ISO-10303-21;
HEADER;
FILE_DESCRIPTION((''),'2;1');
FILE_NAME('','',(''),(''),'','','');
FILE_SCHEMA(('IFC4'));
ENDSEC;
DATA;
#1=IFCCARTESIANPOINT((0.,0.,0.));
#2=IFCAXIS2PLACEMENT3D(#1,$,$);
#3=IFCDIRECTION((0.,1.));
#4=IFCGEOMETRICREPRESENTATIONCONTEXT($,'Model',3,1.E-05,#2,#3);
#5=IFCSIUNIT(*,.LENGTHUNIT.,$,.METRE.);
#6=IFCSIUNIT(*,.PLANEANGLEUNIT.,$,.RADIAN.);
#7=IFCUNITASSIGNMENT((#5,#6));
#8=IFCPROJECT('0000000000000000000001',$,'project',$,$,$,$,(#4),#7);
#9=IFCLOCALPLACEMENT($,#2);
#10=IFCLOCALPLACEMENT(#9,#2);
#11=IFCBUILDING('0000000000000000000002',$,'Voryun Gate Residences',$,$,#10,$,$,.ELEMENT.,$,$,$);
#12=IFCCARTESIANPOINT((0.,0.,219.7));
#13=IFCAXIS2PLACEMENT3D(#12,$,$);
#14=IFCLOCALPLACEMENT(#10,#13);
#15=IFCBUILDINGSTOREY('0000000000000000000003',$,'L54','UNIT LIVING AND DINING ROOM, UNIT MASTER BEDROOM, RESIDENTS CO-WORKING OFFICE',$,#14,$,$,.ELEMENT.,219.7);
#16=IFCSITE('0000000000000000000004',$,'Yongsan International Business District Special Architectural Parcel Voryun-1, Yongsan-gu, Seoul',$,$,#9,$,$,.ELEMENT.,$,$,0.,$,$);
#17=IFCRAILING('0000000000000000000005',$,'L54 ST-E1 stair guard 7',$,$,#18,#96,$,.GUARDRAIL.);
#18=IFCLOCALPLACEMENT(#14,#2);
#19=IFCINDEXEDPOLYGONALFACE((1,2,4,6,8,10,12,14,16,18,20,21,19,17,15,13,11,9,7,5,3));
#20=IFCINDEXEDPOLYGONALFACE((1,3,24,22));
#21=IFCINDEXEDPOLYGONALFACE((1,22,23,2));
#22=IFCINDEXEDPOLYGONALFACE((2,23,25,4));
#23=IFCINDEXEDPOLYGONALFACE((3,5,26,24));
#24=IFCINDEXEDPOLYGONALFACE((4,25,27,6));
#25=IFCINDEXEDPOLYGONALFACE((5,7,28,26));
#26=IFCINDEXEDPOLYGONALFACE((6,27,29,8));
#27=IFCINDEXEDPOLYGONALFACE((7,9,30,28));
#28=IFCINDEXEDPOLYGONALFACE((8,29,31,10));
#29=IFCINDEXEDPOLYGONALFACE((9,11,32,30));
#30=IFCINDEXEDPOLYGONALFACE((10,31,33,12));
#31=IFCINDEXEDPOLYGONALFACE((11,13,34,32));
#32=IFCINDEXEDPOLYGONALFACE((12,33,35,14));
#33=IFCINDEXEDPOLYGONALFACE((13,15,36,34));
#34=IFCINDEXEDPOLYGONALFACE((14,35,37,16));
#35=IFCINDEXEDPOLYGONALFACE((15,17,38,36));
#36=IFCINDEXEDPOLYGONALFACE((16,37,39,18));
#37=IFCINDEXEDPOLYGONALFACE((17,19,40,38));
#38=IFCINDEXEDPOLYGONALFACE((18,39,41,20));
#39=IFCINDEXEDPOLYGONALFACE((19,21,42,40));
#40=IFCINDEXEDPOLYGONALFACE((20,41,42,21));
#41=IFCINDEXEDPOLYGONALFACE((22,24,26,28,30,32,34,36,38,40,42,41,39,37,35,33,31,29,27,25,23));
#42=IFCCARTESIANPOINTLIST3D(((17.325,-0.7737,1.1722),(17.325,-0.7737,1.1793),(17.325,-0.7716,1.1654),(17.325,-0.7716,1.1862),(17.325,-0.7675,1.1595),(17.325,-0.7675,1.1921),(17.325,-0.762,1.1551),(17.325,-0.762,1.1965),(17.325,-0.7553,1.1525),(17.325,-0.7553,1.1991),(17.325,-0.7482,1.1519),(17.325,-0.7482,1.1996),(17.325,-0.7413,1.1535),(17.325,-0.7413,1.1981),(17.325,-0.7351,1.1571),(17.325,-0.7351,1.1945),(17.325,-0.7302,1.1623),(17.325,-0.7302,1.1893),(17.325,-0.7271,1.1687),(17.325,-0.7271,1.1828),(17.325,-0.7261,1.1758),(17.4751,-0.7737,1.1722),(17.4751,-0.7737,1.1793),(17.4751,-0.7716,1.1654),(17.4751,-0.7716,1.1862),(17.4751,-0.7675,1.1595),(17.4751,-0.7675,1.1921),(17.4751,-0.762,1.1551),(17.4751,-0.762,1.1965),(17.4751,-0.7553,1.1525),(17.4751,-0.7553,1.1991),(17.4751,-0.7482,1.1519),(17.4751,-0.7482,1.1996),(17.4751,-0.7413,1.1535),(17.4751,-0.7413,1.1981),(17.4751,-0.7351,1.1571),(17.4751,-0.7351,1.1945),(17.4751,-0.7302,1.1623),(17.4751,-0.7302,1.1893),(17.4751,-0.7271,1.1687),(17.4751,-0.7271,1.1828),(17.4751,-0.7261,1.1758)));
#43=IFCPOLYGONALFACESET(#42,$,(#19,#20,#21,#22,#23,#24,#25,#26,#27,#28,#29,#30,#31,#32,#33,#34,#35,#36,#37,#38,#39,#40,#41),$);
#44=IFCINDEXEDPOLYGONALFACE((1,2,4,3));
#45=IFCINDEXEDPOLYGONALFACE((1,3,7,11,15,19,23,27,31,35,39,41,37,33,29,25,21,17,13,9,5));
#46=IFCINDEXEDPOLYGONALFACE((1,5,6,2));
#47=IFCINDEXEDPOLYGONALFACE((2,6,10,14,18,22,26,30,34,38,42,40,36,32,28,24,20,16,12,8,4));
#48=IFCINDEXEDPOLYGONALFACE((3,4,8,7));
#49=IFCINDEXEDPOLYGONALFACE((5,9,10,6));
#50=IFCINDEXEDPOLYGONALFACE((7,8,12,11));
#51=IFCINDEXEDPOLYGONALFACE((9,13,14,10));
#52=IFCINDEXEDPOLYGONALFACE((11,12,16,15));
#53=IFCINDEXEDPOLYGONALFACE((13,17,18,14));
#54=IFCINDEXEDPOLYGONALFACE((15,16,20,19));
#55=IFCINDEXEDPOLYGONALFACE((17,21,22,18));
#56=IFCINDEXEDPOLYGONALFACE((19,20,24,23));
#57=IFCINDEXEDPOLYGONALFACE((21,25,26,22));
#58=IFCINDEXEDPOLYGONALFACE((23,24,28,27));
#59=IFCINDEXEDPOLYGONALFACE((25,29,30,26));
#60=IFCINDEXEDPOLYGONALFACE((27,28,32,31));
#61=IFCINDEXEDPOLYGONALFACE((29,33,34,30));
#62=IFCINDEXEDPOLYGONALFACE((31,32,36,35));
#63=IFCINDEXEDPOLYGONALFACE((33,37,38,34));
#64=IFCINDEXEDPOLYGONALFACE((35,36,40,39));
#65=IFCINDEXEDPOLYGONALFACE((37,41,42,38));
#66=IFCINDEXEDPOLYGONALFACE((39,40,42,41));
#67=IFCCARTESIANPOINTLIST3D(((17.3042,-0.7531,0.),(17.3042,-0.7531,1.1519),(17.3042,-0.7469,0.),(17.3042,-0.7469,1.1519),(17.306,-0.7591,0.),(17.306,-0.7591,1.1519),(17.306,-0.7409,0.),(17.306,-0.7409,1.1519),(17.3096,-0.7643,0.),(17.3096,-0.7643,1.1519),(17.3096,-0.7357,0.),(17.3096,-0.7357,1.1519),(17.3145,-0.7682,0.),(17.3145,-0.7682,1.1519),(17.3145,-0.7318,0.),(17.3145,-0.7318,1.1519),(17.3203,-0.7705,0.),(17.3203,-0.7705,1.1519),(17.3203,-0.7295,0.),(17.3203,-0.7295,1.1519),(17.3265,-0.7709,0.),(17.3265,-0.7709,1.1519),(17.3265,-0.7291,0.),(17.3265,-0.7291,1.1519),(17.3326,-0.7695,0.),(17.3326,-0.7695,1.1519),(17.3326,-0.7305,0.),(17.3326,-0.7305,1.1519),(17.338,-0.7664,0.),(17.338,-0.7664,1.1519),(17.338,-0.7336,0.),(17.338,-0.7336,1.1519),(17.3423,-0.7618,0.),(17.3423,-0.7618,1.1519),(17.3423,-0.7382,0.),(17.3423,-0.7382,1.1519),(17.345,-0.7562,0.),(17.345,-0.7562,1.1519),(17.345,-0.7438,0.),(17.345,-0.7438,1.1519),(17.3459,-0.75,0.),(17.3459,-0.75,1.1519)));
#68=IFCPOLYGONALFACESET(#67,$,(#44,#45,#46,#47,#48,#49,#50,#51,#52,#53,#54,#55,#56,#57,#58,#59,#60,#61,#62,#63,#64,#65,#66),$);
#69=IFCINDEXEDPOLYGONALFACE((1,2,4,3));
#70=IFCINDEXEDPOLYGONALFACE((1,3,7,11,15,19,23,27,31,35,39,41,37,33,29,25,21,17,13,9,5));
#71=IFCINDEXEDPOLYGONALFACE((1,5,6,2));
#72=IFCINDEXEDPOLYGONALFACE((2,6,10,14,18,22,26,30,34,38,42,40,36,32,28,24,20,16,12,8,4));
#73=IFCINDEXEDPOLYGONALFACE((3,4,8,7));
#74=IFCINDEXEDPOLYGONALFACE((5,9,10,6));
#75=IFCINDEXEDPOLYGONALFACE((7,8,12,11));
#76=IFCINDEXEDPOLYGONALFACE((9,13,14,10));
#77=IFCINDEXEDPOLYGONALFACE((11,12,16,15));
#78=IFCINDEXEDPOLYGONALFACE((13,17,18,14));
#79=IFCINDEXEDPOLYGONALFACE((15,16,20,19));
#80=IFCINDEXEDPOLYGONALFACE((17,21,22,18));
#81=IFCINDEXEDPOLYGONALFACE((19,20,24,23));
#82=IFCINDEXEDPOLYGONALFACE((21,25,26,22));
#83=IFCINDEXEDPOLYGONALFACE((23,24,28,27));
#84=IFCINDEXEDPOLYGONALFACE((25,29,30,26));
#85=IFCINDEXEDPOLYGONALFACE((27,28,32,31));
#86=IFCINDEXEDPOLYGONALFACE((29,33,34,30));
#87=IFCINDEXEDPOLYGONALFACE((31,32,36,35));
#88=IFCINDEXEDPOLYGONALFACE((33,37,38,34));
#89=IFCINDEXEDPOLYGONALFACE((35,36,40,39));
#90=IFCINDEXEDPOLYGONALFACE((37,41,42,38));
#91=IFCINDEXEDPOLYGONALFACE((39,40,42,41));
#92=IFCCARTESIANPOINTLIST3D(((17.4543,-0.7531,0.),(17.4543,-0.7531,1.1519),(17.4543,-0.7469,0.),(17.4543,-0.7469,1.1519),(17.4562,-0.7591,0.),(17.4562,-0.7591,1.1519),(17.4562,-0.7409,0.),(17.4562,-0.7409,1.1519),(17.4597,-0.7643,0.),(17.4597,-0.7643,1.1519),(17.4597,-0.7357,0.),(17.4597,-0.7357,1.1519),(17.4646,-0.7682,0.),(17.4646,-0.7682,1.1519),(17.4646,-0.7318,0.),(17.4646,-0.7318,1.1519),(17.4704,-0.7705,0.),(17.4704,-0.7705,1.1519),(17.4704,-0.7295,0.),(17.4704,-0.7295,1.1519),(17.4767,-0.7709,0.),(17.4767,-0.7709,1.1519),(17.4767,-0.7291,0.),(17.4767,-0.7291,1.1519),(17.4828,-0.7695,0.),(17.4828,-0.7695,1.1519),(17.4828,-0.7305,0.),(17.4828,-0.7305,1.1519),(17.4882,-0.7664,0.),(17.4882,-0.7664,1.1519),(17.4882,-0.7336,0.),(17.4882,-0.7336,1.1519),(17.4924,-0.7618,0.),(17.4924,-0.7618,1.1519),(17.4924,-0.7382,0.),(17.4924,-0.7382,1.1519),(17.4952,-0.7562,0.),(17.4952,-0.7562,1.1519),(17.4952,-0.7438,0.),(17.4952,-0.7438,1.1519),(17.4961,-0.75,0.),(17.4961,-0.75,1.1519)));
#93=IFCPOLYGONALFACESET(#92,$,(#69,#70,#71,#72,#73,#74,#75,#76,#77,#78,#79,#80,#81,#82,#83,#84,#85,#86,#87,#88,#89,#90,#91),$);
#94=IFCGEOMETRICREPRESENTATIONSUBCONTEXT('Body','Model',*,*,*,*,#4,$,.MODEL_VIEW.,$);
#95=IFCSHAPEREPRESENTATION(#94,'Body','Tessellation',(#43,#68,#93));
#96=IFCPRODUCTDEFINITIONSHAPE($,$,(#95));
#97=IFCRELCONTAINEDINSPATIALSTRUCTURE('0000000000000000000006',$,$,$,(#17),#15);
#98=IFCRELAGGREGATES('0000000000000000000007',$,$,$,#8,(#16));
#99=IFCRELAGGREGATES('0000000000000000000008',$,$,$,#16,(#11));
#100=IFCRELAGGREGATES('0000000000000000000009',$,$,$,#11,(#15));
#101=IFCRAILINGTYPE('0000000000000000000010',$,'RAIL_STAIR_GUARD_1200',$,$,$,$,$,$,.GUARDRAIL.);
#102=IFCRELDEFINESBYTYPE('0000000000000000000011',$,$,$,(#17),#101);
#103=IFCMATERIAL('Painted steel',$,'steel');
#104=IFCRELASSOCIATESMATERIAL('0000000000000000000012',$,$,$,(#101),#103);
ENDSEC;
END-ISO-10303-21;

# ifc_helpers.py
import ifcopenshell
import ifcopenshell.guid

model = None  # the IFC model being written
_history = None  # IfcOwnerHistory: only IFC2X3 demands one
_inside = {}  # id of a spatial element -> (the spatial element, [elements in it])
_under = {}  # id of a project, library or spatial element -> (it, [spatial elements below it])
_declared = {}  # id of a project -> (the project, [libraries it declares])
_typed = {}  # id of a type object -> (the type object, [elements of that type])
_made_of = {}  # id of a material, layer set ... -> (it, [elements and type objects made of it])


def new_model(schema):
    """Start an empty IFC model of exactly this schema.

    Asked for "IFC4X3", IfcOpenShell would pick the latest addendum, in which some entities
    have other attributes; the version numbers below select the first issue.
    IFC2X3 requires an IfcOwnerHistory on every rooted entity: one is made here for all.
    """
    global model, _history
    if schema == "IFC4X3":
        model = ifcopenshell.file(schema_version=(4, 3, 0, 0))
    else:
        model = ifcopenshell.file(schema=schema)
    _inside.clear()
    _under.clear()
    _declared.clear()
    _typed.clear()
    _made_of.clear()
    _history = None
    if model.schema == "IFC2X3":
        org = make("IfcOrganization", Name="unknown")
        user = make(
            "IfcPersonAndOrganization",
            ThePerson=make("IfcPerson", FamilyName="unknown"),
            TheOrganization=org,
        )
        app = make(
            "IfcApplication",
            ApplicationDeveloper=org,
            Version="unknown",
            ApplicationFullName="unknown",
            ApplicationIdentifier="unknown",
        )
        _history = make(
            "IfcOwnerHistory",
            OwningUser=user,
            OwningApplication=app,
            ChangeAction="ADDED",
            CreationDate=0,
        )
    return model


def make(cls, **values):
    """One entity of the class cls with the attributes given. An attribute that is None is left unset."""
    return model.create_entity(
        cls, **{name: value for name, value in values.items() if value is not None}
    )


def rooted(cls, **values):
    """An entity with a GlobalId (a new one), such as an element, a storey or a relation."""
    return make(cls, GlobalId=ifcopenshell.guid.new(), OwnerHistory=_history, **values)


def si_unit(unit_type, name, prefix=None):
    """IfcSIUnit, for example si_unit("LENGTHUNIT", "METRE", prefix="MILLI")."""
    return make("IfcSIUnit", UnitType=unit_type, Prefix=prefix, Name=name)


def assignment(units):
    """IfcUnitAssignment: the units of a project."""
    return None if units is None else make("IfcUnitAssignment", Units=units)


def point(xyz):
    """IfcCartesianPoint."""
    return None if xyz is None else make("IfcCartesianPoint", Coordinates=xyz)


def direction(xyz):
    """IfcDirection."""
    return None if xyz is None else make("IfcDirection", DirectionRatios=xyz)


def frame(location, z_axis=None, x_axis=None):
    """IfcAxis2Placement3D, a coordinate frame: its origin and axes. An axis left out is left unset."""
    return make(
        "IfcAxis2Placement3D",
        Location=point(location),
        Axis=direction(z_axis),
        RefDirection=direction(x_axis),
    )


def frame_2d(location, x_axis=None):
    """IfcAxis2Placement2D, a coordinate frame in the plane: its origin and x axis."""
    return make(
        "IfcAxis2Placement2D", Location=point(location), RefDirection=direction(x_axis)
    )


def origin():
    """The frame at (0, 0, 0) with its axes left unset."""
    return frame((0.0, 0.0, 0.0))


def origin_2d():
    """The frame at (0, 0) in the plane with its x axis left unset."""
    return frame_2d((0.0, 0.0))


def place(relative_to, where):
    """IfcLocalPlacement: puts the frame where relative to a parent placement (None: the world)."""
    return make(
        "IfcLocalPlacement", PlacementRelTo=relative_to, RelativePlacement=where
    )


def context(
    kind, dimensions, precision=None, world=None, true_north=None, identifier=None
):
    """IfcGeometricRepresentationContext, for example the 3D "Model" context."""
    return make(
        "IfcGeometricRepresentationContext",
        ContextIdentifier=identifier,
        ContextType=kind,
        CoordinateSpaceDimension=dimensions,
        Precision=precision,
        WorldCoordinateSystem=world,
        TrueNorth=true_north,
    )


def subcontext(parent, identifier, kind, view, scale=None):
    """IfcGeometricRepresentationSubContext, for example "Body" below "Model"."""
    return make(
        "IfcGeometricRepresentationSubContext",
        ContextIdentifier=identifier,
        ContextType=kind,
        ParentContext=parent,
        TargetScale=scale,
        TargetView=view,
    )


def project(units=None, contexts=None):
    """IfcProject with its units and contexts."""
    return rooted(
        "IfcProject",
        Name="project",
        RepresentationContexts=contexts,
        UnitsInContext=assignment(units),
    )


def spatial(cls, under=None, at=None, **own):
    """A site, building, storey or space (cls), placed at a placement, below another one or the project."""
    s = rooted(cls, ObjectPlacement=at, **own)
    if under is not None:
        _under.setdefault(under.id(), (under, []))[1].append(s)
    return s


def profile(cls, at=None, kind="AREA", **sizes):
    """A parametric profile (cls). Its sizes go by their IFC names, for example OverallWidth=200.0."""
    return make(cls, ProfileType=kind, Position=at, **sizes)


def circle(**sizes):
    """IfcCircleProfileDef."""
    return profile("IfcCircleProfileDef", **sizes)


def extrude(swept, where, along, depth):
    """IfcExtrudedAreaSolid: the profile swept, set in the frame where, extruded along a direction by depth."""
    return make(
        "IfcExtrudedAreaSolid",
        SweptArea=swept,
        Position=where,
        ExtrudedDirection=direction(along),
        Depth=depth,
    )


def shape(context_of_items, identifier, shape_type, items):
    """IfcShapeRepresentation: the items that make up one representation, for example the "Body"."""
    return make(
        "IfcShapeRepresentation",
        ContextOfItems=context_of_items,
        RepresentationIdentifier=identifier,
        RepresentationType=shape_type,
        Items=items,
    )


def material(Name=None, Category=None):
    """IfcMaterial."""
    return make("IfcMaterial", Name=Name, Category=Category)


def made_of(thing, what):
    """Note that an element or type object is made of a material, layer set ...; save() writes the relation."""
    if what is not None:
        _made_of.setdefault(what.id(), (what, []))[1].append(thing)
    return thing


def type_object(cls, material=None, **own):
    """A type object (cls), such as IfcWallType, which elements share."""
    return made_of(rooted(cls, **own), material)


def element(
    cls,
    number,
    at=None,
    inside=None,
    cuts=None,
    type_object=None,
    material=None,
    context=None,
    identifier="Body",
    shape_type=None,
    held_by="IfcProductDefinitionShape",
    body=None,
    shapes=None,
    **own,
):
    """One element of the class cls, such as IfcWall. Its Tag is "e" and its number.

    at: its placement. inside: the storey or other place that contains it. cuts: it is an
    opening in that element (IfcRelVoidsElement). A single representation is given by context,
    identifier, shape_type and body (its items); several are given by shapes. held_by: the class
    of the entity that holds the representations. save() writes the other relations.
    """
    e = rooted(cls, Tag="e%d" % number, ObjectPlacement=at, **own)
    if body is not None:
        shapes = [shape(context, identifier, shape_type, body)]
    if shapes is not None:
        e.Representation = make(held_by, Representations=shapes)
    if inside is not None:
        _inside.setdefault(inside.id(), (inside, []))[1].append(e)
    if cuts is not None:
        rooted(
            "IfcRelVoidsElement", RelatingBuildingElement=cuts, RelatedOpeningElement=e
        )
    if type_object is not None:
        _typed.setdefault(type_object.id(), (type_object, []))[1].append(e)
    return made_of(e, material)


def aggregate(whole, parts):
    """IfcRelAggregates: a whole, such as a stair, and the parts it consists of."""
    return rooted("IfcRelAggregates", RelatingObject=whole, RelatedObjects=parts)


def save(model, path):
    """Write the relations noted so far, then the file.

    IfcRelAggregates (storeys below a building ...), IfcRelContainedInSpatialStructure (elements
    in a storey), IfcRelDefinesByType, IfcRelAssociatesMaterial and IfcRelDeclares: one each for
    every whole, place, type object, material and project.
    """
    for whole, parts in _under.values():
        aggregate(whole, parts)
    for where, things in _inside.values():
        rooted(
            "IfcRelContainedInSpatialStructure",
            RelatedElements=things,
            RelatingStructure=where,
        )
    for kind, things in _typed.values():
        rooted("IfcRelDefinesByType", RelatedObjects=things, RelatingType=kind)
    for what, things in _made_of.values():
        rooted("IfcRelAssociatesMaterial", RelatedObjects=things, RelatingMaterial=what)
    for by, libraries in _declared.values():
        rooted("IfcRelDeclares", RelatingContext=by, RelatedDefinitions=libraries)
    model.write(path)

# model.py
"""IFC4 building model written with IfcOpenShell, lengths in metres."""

from ifc_helpers import new_model, si_unit, direction, frame, origin, origin_2d, place, context, subcontext, project, spatial, circle, extrude, material, type_object, element, save


model = new_model("IFC4")

# Units and contexts
model_context = context("Model", 3, precision=1e-05, world=origin(), true_north=direction((0.0, 1.0)))
body_context = subcontext(model_context, "Body", "Model", "MODEL_VIEW")
ifc_project = project(units=[si_unit("LENGTHUNIT", "METRE"), si_unit("PLANEANGLEUNIT", "RADIAN")], contexts=[model_context])

# Site, building, storey
site_placement = place(None, origin())
site = spatial("IfcSite", under=ifc_project, at=site_placement, Name="Yongsan International Business District Special Architectural Parcel Voryun-1, Yongsan-gu, Seoul", CompositionType="ELEMENT", RefElevation=0.0)
building_placement = place(site_placement, origin())
building = spatial("IfcBuilding", under=site, at=building_placement, Name="Voryun Gate Residences", CompositionType="ELEMENT")
storey_placement = place(building_placement, frame((0.0, 0.0, 219.7)))
storey = spatial("IfcBuildingStorey", under=building, at=storey_placement, Name="L54", Description="UNIT LIVING AND DINING ROOM, UNIT MASTER BEDROOM, RESIDENTS CO-WORKING OFFICE", CompositionType="ELEMENT", Elevation=219.7)

# Railing
ifc_material_1 = material(Name="Painted steel", Category="steel")
railing_type_1 = type_object("IfcRailingType", Name="RAIL_STAIR_GUARD_1200", PredefinedType="GUARDRAIL", material=ifc_material_1)
railing_1_placement = place(storey_placement, frame((17.325, -0.75, 0.0)))
element("IfcRailing", 1, at=railing_1_placement, inside=storey, type_object=railing_type_1, Name="L54 ST-E1 stair guard 7", PredefinedType="GUARDRAIL", context=body_context, shape_type="SweptSolid", body=[
    extrude(circle(Radius=0.0239, at=origin_2d()), frame((0.0, 0.0, 1.1758), z_axis=(1.0, 0.0, 0.0), x_axis=(0.0, 1.0, 0.0)), (0.0, 0.0, 1.0), 0.1501),
    extrude(circle(Radius=0.021, at=origin_2d()), origin(), (0.0, 0.0, 1.0), 1.1519),
    extrude(circle(Radius=0.021, at=origin_2d()), frame((0.1501, 0.0, 0.0)), (0.0, 0.0, 1.0), 1.1519),
])

save(model, "model.ifc")
